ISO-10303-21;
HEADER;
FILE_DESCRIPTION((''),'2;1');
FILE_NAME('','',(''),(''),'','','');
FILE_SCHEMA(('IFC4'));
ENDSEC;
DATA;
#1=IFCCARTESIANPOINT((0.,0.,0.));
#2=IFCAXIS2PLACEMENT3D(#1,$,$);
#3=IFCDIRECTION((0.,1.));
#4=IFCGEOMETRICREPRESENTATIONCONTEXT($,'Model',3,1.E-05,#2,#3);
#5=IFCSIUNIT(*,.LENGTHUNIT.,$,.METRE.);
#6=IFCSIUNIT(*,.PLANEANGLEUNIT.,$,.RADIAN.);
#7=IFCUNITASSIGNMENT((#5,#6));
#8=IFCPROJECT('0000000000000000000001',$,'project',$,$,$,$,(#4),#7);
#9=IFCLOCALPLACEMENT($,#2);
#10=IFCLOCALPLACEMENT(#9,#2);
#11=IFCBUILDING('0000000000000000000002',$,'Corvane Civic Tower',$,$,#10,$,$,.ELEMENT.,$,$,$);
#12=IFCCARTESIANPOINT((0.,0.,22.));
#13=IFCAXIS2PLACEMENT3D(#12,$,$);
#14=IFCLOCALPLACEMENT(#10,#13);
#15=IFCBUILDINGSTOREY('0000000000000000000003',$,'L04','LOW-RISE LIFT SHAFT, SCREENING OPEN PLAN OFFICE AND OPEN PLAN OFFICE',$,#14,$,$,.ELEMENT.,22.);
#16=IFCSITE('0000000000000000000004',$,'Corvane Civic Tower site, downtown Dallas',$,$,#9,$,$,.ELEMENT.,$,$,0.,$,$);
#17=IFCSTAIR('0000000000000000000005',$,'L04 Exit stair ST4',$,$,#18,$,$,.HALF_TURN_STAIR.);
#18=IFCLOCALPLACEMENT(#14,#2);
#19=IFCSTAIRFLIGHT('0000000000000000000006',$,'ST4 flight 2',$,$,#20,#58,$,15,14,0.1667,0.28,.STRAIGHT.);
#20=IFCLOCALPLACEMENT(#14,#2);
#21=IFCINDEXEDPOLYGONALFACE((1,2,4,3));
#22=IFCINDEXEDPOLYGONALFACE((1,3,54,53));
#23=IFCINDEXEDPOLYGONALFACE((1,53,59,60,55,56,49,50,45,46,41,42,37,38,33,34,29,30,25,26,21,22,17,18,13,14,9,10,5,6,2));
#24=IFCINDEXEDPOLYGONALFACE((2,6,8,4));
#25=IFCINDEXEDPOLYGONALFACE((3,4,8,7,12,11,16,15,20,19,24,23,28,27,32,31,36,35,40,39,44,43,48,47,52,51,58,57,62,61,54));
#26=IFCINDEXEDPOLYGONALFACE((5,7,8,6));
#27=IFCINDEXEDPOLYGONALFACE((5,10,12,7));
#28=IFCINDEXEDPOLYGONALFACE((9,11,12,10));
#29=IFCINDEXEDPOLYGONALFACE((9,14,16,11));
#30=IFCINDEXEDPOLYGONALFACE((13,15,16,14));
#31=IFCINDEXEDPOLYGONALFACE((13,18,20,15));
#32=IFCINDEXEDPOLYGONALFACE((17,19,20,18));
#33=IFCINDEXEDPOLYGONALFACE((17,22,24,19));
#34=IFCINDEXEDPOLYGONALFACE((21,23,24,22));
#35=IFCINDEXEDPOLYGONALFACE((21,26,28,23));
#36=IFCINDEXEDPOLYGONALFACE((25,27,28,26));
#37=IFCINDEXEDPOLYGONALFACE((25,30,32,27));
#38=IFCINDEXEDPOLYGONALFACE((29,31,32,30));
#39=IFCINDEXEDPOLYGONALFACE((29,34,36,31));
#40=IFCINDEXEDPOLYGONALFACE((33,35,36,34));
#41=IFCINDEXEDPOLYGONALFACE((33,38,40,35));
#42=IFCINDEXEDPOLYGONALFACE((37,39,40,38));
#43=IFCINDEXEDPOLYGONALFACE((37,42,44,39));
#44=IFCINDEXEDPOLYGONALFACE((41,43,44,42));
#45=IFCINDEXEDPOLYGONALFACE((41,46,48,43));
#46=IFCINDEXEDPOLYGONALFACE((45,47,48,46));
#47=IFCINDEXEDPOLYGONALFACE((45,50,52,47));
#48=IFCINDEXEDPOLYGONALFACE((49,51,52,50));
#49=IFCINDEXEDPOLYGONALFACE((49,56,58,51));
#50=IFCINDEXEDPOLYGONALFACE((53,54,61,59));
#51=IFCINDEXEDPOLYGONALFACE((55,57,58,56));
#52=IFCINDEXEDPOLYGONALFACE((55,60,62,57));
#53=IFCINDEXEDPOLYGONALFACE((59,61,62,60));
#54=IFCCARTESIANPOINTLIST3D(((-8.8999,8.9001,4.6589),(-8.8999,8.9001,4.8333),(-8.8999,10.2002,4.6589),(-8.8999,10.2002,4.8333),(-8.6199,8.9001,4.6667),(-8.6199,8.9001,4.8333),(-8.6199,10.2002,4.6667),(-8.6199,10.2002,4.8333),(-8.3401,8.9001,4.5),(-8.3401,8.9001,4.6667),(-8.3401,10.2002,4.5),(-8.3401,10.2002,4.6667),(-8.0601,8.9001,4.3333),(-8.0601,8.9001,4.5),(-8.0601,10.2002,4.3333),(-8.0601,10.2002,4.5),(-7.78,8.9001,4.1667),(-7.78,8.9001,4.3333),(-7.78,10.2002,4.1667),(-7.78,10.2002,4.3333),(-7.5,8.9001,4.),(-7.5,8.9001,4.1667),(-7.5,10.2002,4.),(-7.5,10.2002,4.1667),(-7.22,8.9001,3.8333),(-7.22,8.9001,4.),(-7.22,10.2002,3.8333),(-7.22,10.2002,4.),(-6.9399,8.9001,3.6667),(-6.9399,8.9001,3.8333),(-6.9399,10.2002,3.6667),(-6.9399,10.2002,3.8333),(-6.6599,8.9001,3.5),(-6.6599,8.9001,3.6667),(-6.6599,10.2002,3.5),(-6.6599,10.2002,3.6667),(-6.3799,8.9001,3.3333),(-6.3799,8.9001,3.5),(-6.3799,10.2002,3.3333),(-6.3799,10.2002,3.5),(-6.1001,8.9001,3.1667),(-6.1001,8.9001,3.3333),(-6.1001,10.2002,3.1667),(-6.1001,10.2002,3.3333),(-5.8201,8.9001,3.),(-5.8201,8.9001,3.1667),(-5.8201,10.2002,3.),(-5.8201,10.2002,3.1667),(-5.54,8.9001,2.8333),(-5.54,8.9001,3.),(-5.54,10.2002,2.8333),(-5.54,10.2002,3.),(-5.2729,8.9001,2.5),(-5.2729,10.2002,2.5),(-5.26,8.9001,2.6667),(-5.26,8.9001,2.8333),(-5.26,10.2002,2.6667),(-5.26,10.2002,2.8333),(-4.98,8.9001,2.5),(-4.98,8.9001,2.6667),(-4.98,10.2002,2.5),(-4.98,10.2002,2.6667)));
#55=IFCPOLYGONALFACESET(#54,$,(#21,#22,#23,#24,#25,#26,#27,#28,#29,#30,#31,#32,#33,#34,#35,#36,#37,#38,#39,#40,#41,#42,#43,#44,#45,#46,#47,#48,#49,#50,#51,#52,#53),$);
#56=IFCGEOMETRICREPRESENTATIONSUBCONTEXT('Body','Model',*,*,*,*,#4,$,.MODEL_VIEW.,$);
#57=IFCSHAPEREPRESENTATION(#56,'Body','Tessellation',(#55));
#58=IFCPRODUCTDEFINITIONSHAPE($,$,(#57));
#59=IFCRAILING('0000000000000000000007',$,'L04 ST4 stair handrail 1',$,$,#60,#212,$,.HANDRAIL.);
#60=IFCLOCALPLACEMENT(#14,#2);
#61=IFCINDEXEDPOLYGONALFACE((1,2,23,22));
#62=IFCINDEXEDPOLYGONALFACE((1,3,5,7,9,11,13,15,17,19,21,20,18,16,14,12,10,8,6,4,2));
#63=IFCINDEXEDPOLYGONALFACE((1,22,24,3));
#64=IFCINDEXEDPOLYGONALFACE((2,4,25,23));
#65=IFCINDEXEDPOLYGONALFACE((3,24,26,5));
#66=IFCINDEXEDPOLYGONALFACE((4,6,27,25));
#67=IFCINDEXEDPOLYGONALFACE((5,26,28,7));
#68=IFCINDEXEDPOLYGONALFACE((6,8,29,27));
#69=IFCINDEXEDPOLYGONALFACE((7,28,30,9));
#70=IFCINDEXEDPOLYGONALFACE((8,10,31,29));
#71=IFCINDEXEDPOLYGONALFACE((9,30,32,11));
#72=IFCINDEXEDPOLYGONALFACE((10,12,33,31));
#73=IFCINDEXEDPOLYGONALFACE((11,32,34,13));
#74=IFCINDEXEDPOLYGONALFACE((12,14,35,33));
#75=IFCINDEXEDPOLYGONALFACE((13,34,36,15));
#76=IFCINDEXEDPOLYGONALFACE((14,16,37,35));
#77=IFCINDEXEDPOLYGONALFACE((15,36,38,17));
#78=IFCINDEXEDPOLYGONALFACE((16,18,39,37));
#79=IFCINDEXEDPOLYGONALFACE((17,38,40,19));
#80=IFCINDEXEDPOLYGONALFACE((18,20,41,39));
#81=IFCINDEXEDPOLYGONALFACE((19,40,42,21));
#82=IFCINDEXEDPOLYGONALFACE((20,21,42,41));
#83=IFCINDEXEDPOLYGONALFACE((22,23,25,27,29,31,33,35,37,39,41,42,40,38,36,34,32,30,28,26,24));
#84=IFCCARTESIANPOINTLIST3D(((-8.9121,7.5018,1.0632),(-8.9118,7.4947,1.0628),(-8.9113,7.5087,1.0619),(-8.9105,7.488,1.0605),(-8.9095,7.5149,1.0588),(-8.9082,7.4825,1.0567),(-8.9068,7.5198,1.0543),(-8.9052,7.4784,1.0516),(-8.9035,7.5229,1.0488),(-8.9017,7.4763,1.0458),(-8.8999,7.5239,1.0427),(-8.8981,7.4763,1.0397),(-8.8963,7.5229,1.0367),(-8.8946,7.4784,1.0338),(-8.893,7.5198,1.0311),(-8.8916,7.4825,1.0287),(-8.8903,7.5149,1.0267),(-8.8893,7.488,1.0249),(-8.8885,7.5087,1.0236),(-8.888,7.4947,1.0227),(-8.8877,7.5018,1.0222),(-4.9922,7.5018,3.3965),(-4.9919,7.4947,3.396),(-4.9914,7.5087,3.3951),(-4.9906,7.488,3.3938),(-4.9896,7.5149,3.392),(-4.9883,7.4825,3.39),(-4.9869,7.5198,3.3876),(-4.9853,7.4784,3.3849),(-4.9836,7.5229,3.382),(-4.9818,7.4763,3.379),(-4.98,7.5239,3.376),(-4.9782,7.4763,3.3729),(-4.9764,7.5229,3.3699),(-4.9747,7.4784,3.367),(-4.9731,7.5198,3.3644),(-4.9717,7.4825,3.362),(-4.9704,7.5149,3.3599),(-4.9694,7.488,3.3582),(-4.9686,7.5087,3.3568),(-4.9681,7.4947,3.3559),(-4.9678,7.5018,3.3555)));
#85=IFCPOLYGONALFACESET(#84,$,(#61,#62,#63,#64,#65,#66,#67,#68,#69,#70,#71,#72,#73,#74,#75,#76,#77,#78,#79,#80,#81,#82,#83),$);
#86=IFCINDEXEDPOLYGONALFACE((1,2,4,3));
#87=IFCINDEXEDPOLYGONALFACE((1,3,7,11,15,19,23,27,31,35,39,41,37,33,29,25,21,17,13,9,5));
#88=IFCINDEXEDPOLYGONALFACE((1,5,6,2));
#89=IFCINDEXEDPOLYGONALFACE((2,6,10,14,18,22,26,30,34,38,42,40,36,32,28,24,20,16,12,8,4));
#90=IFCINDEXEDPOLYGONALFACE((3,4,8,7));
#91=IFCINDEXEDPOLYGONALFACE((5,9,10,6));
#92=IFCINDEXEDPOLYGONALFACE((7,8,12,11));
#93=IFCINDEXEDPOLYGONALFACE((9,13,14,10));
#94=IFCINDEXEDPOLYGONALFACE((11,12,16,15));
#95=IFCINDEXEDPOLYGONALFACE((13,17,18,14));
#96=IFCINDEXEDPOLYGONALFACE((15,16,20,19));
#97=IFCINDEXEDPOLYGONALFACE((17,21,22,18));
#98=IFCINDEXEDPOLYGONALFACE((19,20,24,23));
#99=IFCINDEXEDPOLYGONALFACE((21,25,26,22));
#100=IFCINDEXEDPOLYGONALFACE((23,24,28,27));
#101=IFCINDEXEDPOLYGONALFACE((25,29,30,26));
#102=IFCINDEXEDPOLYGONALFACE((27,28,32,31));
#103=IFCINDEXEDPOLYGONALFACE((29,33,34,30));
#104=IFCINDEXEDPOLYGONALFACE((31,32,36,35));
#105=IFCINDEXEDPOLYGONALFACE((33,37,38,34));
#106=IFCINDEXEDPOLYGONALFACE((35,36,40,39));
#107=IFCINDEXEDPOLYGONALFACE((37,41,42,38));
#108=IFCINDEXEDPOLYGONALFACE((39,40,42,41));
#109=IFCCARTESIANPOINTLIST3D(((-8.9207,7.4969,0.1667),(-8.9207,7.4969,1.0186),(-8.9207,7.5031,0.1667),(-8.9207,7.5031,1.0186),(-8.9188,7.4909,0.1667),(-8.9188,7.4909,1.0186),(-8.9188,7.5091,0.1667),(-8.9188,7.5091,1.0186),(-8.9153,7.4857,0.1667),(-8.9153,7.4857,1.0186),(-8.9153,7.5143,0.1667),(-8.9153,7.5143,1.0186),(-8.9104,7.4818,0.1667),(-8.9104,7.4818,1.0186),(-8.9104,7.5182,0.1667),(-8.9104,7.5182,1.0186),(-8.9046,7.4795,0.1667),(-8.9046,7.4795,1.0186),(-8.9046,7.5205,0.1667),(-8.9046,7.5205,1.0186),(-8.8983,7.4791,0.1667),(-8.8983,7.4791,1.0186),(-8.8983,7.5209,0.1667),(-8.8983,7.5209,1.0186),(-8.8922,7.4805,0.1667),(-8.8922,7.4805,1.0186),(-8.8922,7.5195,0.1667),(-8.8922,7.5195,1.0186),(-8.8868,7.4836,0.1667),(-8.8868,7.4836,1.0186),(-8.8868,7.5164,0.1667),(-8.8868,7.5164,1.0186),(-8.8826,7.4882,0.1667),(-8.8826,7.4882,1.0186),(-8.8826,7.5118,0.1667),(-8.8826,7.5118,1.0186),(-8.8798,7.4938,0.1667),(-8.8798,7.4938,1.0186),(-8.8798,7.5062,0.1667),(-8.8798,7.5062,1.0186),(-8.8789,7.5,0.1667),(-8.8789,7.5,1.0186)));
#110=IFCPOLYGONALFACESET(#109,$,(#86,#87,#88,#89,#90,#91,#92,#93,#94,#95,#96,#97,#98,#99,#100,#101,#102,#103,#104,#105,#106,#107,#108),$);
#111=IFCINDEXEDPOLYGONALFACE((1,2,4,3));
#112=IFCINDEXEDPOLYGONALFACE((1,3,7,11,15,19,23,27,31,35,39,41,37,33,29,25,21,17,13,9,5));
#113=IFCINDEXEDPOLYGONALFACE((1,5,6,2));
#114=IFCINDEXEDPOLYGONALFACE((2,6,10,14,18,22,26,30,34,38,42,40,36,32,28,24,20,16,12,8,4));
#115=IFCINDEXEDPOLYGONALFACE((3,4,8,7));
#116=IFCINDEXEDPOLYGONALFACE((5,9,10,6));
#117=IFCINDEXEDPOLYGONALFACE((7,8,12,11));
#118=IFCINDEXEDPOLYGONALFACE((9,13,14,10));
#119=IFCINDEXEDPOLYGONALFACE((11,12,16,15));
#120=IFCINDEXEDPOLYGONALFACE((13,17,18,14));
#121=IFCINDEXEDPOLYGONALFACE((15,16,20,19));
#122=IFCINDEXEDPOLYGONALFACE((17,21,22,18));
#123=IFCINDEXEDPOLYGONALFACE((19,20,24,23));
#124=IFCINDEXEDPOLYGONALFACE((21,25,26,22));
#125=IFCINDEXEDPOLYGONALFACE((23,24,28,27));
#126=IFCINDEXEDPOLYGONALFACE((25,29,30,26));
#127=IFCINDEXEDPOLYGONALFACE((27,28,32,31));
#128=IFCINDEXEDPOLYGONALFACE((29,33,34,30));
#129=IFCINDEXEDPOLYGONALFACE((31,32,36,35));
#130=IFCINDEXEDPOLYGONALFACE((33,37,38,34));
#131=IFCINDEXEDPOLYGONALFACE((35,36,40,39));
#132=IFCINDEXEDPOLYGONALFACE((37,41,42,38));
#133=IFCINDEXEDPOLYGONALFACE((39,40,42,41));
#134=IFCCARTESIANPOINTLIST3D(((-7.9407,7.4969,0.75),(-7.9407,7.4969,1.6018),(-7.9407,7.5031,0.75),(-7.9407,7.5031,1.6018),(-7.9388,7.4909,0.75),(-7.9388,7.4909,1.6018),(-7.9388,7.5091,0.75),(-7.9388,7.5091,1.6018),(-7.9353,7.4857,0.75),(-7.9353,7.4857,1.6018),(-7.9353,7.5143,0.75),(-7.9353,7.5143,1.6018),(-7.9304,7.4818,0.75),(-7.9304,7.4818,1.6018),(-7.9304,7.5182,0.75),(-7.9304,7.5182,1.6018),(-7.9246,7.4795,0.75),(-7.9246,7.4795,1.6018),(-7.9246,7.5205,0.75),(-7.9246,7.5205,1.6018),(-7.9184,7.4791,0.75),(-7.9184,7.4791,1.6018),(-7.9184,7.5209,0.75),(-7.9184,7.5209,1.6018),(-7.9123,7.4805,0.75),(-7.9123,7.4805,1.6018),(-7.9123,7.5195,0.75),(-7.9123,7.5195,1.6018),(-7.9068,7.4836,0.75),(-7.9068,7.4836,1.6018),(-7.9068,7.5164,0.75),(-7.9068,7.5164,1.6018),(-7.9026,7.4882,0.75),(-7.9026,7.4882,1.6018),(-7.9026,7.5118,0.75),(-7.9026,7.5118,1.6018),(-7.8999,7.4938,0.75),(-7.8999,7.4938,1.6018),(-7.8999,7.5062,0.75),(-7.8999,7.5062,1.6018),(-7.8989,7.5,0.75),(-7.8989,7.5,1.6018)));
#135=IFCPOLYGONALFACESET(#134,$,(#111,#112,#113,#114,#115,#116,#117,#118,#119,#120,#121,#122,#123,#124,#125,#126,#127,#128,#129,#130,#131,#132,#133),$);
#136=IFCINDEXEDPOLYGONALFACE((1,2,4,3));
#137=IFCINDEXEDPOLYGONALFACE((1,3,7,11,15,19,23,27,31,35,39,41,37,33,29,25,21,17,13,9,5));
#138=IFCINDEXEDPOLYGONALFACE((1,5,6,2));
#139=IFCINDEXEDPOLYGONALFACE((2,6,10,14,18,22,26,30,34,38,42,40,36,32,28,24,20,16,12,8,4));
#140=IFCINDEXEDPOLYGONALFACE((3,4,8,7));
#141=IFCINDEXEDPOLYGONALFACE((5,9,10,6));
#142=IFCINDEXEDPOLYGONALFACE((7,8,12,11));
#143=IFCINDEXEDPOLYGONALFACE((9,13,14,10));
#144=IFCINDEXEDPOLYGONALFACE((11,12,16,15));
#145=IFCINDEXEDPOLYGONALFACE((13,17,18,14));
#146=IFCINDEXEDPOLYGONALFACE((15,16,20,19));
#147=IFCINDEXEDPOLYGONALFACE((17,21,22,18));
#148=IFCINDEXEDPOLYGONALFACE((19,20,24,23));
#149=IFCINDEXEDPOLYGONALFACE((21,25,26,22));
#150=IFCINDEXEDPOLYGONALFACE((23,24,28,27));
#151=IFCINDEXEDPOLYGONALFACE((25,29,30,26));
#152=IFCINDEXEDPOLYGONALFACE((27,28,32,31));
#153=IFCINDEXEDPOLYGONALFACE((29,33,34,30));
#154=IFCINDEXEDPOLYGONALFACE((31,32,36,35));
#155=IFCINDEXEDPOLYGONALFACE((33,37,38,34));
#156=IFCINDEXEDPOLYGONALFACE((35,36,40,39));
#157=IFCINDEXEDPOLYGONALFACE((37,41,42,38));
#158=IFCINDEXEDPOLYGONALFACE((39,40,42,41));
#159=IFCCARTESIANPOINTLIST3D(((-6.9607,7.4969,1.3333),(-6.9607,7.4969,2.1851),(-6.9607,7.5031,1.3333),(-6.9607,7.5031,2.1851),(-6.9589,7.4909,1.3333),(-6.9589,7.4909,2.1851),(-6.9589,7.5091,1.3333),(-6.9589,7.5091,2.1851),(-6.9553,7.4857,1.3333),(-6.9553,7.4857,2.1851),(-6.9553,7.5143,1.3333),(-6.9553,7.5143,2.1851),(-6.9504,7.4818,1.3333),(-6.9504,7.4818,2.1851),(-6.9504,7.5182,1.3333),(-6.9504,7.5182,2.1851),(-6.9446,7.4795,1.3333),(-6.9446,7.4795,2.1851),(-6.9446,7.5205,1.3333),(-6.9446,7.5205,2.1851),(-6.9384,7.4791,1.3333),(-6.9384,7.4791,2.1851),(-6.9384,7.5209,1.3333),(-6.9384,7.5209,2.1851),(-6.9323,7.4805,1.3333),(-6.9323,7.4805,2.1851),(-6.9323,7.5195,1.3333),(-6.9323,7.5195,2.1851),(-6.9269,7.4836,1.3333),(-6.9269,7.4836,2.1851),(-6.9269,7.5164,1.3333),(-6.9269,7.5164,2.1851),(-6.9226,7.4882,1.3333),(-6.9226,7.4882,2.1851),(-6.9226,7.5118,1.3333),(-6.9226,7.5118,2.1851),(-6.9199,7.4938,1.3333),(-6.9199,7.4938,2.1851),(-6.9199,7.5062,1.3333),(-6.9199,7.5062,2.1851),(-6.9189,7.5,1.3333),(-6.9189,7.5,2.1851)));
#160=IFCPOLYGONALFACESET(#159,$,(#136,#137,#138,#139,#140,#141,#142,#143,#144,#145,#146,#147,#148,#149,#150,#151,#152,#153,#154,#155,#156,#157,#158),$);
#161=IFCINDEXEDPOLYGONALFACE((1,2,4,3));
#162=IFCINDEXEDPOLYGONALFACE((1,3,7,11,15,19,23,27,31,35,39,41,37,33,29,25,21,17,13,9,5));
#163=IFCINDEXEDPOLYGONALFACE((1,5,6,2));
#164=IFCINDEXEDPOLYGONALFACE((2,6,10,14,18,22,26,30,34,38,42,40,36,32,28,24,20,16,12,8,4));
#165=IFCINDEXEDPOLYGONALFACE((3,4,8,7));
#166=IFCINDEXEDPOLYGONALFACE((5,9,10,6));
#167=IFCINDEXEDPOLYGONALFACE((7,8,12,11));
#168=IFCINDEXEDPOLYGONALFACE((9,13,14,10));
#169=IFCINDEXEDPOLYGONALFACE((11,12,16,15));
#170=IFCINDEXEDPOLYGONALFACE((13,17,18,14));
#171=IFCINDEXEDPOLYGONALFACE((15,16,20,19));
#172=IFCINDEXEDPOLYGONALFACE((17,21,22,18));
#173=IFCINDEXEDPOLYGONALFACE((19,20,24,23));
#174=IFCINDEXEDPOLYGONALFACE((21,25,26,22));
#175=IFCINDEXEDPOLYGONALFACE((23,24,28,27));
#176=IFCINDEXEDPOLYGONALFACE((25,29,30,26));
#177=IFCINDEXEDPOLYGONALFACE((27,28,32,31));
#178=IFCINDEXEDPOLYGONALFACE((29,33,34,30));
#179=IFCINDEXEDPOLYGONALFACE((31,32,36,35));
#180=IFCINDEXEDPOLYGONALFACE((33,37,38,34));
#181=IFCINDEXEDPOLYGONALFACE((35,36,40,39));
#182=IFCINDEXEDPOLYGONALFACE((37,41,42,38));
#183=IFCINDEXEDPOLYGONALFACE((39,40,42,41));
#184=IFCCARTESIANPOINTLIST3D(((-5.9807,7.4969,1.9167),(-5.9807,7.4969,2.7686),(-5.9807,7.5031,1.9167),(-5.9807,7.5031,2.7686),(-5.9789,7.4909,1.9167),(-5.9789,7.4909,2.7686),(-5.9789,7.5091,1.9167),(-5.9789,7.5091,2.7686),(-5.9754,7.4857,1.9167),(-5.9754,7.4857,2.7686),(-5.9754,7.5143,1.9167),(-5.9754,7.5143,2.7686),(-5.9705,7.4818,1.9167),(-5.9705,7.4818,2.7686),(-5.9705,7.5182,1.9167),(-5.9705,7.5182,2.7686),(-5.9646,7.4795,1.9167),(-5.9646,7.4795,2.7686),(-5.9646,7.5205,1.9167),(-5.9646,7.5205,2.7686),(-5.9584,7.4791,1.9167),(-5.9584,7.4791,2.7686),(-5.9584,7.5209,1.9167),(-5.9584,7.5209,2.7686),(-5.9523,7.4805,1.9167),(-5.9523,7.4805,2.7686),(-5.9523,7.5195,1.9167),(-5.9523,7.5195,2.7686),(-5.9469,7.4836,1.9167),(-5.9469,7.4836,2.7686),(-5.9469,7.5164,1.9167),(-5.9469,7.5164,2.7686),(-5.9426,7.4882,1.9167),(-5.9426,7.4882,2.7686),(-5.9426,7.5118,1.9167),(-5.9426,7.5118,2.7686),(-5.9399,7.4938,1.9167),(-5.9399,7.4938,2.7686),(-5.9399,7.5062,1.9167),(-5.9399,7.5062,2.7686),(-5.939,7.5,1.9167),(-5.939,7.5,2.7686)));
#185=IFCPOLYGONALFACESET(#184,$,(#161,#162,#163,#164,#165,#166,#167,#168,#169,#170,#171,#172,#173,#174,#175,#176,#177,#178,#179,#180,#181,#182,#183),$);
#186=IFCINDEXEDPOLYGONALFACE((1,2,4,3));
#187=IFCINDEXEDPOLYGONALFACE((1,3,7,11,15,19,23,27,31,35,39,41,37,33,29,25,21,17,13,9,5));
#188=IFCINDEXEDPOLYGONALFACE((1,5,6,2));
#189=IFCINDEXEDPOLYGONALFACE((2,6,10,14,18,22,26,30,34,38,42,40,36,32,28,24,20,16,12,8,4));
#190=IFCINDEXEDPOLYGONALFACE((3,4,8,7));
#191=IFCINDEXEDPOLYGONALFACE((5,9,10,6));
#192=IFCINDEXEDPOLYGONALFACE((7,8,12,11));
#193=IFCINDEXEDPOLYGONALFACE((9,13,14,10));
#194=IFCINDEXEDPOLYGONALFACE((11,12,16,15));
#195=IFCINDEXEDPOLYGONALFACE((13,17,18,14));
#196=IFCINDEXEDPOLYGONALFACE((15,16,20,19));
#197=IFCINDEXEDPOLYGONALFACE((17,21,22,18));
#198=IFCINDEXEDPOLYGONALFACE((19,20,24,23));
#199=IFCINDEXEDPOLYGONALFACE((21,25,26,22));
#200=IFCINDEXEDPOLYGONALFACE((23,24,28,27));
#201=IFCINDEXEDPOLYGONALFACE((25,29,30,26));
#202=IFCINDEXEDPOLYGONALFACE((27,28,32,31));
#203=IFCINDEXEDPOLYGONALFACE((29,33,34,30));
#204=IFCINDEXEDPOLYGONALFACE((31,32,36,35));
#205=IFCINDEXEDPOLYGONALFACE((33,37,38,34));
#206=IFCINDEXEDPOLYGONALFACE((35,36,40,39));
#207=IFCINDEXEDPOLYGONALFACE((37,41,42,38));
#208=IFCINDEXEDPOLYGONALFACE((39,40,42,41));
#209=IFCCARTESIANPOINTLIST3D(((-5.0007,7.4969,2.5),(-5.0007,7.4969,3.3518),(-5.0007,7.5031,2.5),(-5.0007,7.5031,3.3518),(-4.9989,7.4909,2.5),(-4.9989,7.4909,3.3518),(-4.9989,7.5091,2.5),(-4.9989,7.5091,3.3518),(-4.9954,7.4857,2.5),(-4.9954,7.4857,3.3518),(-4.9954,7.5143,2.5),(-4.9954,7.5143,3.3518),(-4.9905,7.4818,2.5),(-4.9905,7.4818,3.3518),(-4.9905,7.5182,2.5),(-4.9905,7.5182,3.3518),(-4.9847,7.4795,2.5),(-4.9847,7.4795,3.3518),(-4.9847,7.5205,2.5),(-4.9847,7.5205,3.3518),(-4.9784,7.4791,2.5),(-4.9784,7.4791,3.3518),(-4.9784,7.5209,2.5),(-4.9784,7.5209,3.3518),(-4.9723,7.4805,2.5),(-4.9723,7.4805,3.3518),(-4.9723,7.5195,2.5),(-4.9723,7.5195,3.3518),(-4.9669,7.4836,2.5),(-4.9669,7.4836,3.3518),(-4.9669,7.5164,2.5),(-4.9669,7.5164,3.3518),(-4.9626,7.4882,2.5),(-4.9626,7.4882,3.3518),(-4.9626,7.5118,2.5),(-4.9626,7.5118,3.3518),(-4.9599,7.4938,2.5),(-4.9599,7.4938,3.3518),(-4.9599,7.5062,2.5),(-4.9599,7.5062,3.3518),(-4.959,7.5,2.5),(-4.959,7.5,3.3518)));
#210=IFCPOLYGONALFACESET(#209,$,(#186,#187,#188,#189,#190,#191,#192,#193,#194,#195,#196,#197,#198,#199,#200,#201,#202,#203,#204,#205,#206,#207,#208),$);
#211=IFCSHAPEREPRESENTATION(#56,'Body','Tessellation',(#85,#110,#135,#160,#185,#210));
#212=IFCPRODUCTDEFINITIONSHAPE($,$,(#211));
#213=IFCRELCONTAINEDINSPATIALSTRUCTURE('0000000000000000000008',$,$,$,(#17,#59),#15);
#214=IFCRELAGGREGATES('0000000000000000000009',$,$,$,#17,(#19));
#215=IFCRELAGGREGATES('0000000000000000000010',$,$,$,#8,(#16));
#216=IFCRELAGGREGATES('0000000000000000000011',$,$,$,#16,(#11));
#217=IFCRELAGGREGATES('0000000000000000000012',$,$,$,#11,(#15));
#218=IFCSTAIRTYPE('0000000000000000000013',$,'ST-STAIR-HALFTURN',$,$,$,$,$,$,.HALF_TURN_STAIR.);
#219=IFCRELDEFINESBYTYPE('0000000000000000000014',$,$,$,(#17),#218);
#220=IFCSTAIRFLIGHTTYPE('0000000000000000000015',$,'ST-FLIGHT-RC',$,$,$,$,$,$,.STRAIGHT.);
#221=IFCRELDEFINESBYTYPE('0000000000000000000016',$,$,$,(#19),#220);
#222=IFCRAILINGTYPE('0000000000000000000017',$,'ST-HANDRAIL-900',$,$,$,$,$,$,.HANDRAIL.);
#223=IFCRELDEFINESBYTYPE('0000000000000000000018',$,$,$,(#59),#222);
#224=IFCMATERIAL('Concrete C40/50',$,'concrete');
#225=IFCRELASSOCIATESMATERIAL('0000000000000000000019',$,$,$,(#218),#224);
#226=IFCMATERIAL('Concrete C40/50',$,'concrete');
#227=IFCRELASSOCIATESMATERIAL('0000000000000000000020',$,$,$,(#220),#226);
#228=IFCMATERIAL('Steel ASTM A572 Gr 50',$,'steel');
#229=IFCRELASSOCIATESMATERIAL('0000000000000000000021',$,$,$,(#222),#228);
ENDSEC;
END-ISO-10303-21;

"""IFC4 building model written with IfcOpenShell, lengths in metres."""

from ifc_helpers import new_model, si_unit, direction, frame, origin, origin_2d, place, context, subcontext, project, spatial, polyline, circle, outline, extrude, material, type_object, element, aggregate, save


model = new_model("IFC4")

# Units and contexts
model_context = context("Model", 3, precision=1e-05, world=origin(), true_north=direction((0.0, 1.0)))
body_context = subcontext(model_context, "Body", "Model", "MODEL_VIEW")
ifc_project = project(units=[si_unit("LENGTHUNIT", "METRE"), si_unit("PLANEANGLEUNIT", "RADIAN")], contexts=[model_context])

# Site, building, storey
site_placement = place(None, origin())
site = spatial("IfcSite", under=ifc_project, at=site_placement, Name="Corvane Civic Tower site, downtown Dallas", CompositionType="ELEMENT", RefElevation=0.0)
building_placement = place(site_placement, origin())
building = spatial("IfcBuilding", under=site, at=building_placement, Name="Corvane Civic Tower", CompositionType="ELEMENT")
storey_placement = place(building_placement, frame((0.0, 0.0, 22.0)))
storey = spatial("IfcBuildingStorey", under=building, at=storey_placement, Name="L04", Description="LOW-RISE LIFT SHAFT, SCREENING OPEN PLAN OFFICE AND OPEN PLAN OFFICE", CompositionType="ELEMENT", Elevation=22.0)

# Stair, stair flight
ifc_material_1 = material(Name="Concrete C40/50", Category="concrete")
stair_type = type_object("IfcStairType", Name="ST-STAIR-HALFTURN", PredefinedType="HALF_TURN_STAIR", material=ifc_material_1)
stair_placement = place(storey_placement, origin())
stair = element("IfcStair", 1, at=stair_placement, inside=storey, type_object=stair_type, Name="L04 Exit stair ST4", PredefinedType="HALF_TURN_STAIR")
ifc_material_2 = material(Name="Concrete C40/50", Category="concrete")
stair_flight_type = type_object("IfcStairFlightType", Name="ST-FLIGHT-RC", PredefinedType="STRAIGHT", material=ifc_material_2)
stair_flight_1_placement = place(storey_placement, frame((-4.98, 9.55, 2.5), z_axis=(0.0, 0.0, 1.0), x_axis=(-1.0, 0.0, 0.0)))
stair_flight_1 = element("IfcStairFlight", 2, at=stair_flight_1_placement, type_object=stair_flight_type, Name="ST4 flight 2", NumberOfRisers=15, NumberOfTreads=14, PredefinedType="STRAIGHT", RiserHeight=0.1667, TreadLength=0.28, context=body_context, shape_type="SweptSolid", body=[
    extrude(outline(polyline([(0.0, 0.0), (0.0, 0.1667), (0.28, 0.1667), (0.28, 0.3333), (0.5601, 0.3333), (0.5601, 0.5), (0.8401, 0.5), (0.8401, 0.6667), (1.1201, 0.6667), (1.1201, 0.8333), (1.3999, 0.8333), (1.3999, 1.0), (1.6799, 1.0), (1.6799, 1.1667), (1.96, 1.1667), (1.96, 1.3333), (2.24, 1.3333), (2.24, 1.5), (2.52, 1.5), (2.52, 1.6667), (2.8, 1.6667), (2.8, 1.8333), (3.0801, 1.8333), (3.0801, 2.0), (3.3601, 2.0), (3.3601, 2.1667), (3.6399, 2.1667), (3.6399, 2.3333), (3.9199, 2.3333), (3.9199, 2.5), (3.9199, 2.1589), (0.293, 0.0), (0.0, 0.0)])), frame((0.0, 0.6499, 0.0), z_axis=(0.0, -1.0, 0.0), x_axis=(1.0, 0.0, 0.0)), (0.0, 0.0, 1.0), 1.3),
])
aggregate(stair, [stair_flight_1])

# Railing
ifc_material_3 = material(Name="Steel ASTM A572 Gr 50", Category="steel")
railing_type_1 = type_object("IfcRailingType", Name="ST-HANDRAIL-900", PredefinedType="HANDRAIL", material=ifc_material_3)
railing_1_placement = place(storey_placement, frame((-8.8999, 7.5, 0.1667)))
element("IfcRailing", 3, at=railing_1_placement, inside=storey, type_object=railing_type_1, Name="L04 ST4 stair handrail 1", PredefinedType="HANDRAIL", context=body_context, shape_type="SweptSolid", body=[
    extrude(circle(Radius=0.0239, at=origin_2d()), frame((0.0, 0.0, 0.876), z_axis=(0.859296, 0.0, 0.511478), x_axis=(0.0, 1.0, 0.0)), (0.0, 0.0, 1.0), 4.5618),
    extrude(circle(Radius=0.021, at=origin_2d()), origin(), (0.0, 0.0, 1.0), 0.8518),
    extrude(circle(Radius=0.021, at=origin_2d()), frame((0.98, 0.0, 0.5833)), (0.0, 0.0, 1.0), 0.8518),
    extrude(circle(Radius=0.021, at=origin_2d()), frame((1.96, 0.0, 1.1665)), (0.0, 0.0, 1.0), 0.8518),
    extrude(circle(Radius=0.021, at=origin_2d()), frame((2.9399, 0.0, 1.75)), (0.0, 0.0, 1.0), 0.8518),
    extrude(circle(Radius=0.021, at=origin_2d()), frame((3.9199, 0.0, 2.3333)), (0.0, 0.0, 1.0), 0.8518),
])

save(model, "model.ifc")
